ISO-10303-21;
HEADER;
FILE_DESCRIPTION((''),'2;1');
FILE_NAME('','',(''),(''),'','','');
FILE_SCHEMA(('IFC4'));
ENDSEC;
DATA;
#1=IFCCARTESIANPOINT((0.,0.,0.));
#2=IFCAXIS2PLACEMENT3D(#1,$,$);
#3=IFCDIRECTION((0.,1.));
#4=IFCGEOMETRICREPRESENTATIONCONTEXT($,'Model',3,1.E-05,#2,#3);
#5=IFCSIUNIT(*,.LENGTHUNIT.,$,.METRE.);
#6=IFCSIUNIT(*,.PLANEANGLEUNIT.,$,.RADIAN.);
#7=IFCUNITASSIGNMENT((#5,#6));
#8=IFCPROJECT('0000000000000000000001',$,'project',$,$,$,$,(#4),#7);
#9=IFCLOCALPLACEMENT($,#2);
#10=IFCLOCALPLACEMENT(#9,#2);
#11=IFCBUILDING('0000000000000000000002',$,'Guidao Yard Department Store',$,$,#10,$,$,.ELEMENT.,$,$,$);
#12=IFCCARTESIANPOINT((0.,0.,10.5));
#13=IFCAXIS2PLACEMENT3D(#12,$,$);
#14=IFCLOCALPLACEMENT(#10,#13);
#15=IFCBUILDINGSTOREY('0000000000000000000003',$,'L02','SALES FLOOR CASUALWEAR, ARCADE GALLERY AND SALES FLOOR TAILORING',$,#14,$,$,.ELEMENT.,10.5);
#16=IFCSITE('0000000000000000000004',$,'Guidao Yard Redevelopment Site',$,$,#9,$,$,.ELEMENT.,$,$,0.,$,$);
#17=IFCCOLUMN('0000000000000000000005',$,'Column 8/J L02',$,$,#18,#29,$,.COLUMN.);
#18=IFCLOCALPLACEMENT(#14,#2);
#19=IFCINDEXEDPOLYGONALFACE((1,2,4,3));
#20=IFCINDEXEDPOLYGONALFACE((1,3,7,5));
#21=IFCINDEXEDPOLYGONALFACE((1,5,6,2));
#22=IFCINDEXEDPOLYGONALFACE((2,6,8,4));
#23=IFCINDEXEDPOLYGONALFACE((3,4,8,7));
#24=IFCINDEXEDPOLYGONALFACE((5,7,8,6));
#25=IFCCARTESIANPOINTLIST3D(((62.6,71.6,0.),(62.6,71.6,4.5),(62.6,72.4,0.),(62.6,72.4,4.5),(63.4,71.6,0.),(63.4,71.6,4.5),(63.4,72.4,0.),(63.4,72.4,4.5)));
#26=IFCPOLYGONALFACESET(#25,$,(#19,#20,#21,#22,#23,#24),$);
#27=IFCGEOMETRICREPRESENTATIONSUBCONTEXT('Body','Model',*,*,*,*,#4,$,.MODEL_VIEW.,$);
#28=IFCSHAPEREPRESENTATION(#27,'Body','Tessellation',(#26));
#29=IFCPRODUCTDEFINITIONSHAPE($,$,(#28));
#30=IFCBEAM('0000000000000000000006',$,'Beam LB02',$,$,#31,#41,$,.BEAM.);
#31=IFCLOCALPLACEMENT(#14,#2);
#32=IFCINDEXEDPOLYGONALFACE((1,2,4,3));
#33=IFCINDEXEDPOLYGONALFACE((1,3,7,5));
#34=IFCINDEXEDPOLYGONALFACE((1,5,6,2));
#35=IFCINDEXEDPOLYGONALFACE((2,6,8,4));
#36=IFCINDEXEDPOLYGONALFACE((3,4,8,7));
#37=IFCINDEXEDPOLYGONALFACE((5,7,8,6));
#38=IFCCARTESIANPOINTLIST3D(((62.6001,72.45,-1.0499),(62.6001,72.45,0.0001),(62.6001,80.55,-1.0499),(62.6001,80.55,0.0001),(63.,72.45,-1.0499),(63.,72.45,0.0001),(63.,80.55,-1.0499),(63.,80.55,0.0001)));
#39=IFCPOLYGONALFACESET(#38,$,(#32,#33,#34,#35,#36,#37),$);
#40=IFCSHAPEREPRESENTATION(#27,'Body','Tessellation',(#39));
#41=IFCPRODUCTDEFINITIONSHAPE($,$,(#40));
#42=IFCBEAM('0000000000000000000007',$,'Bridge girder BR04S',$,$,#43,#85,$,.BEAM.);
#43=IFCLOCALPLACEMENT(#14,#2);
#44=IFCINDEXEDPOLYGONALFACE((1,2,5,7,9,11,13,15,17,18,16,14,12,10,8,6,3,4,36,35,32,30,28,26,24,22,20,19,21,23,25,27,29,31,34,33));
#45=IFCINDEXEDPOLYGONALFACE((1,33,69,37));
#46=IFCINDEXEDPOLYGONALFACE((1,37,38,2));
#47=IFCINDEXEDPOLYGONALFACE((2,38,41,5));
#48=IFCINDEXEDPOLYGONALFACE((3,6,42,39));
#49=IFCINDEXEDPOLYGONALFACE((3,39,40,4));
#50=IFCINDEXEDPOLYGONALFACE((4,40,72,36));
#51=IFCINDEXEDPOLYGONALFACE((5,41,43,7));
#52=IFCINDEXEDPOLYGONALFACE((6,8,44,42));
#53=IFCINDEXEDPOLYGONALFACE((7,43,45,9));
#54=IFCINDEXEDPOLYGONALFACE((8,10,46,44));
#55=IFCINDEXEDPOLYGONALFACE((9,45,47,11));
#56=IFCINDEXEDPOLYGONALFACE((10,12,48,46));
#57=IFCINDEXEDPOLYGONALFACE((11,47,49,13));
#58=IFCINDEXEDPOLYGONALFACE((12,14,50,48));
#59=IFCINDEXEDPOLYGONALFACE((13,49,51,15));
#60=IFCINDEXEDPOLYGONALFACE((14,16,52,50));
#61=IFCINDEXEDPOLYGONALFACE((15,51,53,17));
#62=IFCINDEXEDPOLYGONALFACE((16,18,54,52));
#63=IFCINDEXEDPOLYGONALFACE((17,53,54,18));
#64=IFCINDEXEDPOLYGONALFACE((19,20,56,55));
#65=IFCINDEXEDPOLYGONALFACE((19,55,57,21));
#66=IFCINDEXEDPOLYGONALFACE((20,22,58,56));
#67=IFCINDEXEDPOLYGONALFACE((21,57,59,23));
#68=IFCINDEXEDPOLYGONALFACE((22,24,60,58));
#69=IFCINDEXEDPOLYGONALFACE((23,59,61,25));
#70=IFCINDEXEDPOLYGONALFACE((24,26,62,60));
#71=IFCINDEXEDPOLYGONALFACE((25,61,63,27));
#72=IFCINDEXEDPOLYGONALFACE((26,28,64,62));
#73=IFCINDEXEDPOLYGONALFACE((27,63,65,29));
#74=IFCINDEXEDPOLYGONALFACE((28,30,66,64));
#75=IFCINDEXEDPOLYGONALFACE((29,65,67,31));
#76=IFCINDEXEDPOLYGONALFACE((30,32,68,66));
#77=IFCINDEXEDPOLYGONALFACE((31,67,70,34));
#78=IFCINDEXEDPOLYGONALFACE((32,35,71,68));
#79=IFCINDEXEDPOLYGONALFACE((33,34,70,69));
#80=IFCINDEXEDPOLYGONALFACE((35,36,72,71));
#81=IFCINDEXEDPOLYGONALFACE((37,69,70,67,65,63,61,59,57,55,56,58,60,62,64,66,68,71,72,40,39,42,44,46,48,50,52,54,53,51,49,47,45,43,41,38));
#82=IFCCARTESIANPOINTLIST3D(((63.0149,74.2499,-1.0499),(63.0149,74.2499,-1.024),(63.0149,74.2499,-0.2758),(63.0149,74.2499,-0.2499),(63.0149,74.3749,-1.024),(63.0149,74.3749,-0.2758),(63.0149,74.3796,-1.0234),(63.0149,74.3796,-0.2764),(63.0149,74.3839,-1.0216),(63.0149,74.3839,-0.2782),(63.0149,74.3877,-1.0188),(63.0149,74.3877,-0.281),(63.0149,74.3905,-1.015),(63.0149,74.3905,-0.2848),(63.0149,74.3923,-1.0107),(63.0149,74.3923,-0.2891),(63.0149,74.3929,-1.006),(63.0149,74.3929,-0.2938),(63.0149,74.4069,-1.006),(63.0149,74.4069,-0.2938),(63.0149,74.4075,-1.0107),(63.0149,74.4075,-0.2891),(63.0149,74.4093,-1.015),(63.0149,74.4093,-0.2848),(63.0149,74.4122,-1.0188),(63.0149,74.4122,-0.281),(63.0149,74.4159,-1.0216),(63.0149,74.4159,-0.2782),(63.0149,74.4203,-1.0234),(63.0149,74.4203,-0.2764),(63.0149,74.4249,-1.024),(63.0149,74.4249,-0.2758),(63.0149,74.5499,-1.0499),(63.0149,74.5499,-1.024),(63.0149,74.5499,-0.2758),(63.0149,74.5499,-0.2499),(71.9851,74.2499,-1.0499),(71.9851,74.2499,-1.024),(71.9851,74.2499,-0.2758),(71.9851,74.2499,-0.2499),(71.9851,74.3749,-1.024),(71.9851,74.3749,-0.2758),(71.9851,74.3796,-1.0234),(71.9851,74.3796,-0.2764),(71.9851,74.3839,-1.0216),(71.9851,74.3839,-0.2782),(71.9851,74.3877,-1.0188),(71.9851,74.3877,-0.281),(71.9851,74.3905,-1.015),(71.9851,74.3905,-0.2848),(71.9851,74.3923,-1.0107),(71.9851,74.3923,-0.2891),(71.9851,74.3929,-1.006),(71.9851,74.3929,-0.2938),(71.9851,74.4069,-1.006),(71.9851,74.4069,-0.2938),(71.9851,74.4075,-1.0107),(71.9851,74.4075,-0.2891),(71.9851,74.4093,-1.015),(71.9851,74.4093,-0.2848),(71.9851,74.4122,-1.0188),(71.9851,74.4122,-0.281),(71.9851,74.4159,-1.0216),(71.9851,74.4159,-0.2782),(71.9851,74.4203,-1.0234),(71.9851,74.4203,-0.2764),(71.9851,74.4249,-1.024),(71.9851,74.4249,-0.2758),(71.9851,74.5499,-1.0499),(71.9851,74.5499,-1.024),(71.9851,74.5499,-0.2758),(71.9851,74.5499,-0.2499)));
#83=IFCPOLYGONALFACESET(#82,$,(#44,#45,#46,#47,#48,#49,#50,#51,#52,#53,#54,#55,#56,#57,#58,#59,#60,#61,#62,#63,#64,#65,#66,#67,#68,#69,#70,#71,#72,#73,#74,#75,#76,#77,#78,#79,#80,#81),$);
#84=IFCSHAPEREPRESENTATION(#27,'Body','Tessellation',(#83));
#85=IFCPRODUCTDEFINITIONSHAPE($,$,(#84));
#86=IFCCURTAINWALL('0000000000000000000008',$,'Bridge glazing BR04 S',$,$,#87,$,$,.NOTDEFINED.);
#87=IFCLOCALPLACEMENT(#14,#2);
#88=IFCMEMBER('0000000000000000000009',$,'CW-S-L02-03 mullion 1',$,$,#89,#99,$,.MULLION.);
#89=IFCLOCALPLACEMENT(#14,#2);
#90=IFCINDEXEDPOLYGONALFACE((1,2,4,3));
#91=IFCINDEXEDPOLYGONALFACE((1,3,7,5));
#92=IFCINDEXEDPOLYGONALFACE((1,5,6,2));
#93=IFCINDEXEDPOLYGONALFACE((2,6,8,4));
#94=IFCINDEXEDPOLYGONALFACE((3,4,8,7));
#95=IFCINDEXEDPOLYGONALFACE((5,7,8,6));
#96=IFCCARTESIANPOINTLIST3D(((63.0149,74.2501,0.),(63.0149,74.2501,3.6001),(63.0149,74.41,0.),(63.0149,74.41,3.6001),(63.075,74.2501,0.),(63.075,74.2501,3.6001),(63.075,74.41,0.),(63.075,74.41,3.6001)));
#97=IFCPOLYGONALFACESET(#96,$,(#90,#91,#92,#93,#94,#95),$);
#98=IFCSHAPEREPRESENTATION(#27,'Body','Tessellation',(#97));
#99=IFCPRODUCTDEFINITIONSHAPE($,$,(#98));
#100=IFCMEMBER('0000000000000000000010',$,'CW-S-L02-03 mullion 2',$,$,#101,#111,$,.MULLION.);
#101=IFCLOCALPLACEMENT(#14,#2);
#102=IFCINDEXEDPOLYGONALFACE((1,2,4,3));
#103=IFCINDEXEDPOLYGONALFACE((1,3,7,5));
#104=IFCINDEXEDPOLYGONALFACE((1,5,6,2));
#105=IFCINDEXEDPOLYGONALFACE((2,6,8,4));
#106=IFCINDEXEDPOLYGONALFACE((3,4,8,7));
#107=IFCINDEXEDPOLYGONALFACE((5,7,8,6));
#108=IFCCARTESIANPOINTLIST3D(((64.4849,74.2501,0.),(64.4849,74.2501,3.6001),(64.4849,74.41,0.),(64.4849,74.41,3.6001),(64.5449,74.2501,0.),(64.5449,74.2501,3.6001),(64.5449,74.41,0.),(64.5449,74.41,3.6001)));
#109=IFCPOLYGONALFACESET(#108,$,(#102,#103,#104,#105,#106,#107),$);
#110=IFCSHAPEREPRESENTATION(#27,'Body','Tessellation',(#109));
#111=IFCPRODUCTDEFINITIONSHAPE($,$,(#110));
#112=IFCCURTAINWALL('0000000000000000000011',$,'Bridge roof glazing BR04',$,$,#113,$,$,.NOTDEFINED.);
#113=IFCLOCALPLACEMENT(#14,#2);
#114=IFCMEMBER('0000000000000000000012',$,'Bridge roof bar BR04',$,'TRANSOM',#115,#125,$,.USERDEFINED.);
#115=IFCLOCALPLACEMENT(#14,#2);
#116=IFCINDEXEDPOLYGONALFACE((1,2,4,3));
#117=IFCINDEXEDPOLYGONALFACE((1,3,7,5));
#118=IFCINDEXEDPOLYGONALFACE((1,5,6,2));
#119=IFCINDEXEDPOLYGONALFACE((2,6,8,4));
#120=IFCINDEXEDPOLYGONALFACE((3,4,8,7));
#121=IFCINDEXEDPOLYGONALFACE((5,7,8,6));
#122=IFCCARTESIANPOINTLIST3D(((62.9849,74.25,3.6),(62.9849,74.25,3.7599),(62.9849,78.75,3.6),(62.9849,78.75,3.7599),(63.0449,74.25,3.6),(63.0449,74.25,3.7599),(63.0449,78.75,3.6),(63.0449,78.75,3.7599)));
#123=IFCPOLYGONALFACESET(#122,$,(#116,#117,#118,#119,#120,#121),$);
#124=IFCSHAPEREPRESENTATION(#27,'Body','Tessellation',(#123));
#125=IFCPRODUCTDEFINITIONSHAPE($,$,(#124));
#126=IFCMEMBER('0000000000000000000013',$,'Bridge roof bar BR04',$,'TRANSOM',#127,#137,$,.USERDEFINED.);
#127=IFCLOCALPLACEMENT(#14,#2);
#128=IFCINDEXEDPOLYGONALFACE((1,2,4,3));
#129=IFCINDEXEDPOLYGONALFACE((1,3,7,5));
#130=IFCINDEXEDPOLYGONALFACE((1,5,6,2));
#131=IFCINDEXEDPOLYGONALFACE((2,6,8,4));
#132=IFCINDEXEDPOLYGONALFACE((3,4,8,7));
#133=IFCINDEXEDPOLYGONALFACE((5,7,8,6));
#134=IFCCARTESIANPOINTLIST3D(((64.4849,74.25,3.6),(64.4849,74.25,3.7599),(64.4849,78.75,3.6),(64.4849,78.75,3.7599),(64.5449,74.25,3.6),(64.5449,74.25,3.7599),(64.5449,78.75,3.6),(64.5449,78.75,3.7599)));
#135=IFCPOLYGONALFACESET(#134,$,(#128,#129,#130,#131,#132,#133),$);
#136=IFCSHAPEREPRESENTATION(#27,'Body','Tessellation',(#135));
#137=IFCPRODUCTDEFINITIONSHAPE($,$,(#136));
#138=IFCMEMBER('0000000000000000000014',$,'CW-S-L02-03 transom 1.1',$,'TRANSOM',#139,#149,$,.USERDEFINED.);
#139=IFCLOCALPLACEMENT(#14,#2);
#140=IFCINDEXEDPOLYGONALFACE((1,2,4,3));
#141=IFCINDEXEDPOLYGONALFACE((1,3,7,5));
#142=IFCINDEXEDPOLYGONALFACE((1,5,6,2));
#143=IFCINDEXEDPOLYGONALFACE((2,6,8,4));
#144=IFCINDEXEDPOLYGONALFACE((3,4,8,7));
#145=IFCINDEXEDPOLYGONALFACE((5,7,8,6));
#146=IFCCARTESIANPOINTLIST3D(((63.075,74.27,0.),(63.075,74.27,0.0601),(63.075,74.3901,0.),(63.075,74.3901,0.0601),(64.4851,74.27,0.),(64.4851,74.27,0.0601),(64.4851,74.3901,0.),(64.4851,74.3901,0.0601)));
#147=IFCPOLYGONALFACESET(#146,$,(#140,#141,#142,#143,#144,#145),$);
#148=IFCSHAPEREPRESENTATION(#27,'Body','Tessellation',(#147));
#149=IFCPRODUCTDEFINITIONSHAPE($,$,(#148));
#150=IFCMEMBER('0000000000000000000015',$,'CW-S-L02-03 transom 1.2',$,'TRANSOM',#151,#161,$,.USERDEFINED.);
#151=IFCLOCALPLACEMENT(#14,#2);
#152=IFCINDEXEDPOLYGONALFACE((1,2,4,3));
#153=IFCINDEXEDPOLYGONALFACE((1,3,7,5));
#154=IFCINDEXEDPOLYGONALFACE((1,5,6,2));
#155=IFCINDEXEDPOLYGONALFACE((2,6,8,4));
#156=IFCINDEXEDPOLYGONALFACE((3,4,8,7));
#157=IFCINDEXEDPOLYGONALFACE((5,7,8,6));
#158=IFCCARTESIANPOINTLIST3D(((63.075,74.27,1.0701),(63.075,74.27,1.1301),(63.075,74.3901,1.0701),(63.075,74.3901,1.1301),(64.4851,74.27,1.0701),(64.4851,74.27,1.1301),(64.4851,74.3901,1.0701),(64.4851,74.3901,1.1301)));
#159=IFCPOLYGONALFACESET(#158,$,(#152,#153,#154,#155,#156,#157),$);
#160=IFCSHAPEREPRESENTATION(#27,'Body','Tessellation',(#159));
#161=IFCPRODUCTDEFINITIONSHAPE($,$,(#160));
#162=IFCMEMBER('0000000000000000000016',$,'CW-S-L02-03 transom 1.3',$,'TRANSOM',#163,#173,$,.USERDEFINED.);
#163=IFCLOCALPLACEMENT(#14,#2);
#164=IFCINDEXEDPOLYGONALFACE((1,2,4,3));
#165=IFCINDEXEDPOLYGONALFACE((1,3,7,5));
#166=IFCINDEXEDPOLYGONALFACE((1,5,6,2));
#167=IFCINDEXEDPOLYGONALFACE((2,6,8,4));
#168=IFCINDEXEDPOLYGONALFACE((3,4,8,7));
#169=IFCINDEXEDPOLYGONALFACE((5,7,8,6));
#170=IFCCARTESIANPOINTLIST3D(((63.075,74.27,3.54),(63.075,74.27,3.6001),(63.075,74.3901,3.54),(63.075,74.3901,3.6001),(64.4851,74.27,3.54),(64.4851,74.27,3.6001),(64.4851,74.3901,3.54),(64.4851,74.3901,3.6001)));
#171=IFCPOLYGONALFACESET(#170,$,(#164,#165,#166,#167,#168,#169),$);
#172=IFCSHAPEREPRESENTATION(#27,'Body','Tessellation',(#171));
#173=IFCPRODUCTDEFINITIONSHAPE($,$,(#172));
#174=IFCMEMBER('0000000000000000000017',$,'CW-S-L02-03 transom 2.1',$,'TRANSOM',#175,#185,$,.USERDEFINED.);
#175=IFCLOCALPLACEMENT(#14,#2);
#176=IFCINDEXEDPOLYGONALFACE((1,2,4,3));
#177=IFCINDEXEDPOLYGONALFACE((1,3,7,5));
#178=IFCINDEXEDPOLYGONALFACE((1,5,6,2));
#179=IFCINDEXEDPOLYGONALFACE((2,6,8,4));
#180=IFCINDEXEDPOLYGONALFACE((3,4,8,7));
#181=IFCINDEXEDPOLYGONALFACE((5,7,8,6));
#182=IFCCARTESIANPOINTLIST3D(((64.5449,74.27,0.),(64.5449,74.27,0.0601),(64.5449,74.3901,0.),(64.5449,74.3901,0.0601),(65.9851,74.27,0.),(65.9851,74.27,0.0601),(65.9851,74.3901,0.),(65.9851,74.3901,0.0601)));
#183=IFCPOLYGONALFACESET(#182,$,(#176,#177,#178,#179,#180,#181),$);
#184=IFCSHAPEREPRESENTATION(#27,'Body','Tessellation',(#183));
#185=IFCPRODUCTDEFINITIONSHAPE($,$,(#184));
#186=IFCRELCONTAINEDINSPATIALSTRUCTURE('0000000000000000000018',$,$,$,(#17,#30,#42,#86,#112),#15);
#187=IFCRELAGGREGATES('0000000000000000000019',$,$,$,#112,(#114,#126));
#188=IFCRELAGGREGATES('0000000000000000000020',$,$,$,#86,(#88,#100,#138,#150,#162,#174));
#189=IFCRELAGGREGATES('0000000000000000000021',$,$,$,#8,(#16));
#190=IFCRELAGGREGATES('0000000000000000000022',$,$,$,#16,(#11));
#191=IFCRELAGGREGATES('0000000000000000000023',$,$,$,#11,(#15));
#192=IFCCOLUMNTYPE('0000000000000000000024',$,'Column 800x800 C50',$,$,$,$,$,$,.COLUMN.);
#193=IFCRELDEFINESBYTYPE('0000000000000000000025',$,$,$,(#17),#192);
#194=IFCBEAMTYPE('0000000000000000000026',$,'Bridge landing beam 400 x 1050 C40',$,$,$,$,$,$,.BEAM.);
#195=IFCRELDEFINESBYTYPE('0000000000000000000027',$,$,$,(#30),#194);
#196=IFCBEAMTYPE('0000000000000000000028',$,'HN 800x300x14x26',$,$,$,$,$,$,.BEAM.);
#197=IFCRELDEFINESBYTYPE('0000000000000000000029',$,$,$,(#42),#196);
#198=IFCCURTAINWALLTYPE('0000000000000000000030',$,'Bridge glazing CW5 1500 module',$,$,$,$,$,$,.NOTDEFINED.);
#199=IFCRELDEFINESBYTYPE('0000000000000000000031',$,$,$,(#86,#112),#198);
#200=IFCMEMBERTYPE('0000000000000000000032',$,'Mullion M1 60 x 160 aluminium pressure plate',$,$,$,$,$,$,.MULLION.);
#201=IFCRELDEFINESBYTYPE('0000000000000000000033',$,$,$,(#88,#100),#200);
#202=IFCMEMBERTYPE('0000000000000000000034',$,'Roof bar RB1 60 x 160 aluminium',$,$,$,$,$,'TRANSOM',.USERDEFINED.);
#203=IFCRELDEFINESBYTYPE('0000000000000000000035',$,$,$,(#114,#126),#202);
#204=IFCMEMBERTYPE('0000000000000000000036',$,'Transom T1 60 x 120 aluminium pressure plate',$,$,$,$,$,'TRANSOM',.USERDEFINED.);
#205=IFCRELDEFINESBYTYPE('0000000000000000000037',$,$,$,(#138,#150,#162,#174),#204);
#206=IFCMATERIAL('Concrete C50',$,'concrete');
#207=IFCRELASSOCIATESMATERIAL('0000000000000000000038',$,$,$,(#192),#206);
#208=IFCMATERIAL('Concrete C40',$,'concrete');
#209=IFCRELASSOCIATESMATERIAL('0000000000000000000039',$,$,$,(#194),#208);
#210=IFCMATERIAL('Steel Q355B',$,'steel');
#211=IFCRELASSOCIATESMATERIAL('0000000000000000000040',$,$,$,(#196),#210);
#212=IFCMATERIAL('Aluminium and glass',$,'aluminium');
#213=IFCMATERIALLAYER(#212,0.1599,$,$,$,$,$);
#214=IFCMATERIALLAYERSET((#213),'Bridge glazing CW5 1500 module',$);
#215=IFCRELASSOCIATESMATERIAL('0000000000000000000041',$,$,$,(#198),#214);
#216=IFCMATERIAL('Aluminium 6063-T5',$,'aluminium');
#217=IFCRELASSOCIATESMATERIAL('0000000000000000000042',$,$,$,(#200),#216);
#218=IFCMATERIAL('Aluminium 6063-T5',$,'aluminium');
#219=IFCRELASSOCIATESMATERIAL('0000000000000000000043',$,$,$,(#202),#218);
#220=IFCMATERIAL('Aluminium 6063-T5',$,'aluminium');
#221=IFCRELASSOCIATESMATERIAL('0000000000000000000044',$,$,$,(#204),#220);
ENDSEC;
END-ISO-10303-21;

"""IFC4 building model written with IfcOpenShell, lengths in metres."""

from ifc_helpers import new_model, si_unit, direction, frame, origin, origin_2d, place, context, subcontext, project, spatial, rectangle, i_section, extrude, material, layer, layer_set, material_profile, profile_set, type_object, element, aggregate, save


model = new_model("IFC4")

# Units and contexts
model_context = context("Model", 3, precision=1e-05, world=origin(), true_north=direction((0.0, 1.0)))
body_context = subcontext(model_context, "Body", "Model", "MODEL_VIEW")
ifc_project = project(units=[si_unit("LENGTHUNIT", "METRE"), si_unit("PLANEANGLEUNIT", "RADIAN")], contexts=[model_context])

# Site, building, storey
site_placement = place(None, origin())
site = spatial("IfcSite", under=ifc_project, at=site_placement, Name="Guidao Yard Redevelopment Site", CompositionType="ELEMENT", RefElevation=0.0)
building_placement = place(site_placement, origin())
building = spatial("IfcBuilding", under=site, at=building_placement, Name="Guidao Yard Department Store", CompositionType="ELEMENT")
storey_placement = place(building_placement, frame((0.0, 0.0, 10.5)))
storey = spatial("IfcBuildingStorey", under=building, at=storey_placement, Name="L02", Description="SALES FLOOR CASUALWEAR, ARCADE GALLERY AND SALES FLOOR TAILORING", CompositionType="ELEMENT", Elevation=10.5)

# Column
ifc_material_1 = material(Name="Concrete C50", Category="concrete")
ifc_material_profile_1 = material_profile(ifc_material_1, rectangle(XDim=0.8, YDim=0.8, at=origin_2d()), Name="COL 800x800")
ifc_profile_set_1 = profile_set([ifc_material_profile_1], Name="Concrete C50")
column_type = type_object("IfcColumnType", Name="Column 800x800 C50", PredefinedType="COLUMN", material=ifc_profile_set_1)
column_placement = place(storey_placement, frame((63.0, 72.0, 0.0), z_axis=(0.0, 0.0, 1.0), x_axis=(1.0, 0.0, 0.0)))
element("IfcColumn", 1, at=column_placement, inside=storey, type_object=column_type, Name="Column 8/J L02", PredefinedType="COLUMN", context=body_context, shape_type="SweptSolid", body=[
    extrude(rectangle(XDim=0.8, YDim=0.8, at=origin_2d()), origin(), (0.0, 0.0, 1.0), 4.5),
])

# Beams
ifc_material_2 = material(Name="Concrete C40", Category="concrete")
ifc_material_profile_2 = material_profile(ifc_material_2, rectangle(XDim=0.3999, YDim=1.05, at=origin_2d()), Name="Bridge landing beam 400 x 1050 C40")
ifc_profile_set_2 = profile_set([ifc_material_profile_2], Name="Concrete C40")
beam_type_1 = type_object("IfcBeamType", Name="Bridge landing beam 400 x 1050 C40", PredefinedType="BEAM", material=ifc_profile_set_2)
beam_1_placement = place(storey_placement, frame((62.8, 72.45, -0.5249), z_axis=(0.0, 1.0, 0.0), x_axis=(-1.0, 0.0, 0.0)))
element("IfcBeam", 2, at=beam_1_placement, inside=storey, type_object=beam_type_1, Name="Beam LB02", PredefinedType="BEAM", context=body_context, shape_type="SweptSolid", body=[
    extrude(rectangle(XDim=0.3999, YDim=1.05, at=origin_2d()), origin(), (0.0, 0.0, 1.0), 8.1001),
])
ifc_material_3 = material(Name="Steel Q355B", Category="steel")
ifc_material_profile_3 = material_profile(ifc_material_3, i_section(OverallWidth=0.3, OverallDepth=0.8, WebThickness=0.0139, FlangeThickness=0.0259, FilletRadius=0.0181, at=origin_2d()), Name="HN 800x300x14x26")
ifc_profile_set_3 = profile_set([ifc_material_profile_3], Name="Steel Q355B")
beam_type_2 = type_object("IfcBeamType", Name="HN 800x300x14x26", PredefinedType="BEAM", material=ifc_profile_set_3)
beam_2_placement = place(storey_placement, frame((63.0149, 74.3999, -0.6499), z_axis=(1.0, 0.0, 0.0), x_axis=(0.0, 1.0, 0.0)))
element("IfcBeam", 3, at=beam_2_placement, inside=storey, type_object=beam_type_2, Name="Bridge girder BR04S", PredefinedType="BEAM", context=body_context, shape_type="SweptSolid", body=[
    extrude(i_section(OverallWidth=0.3, OverallDepth=0.8, WebThickness=0.0139, FlangeThickness=0.0259, FilletRadius=0.0181, at=origin_2d()), origin(), (0.0, 0.0, 1.0), 8.9702),
])

# Curtain walls, members
ifc_material_4 = material(Name="Aluminium and glass", Category="aluminium")
ifc_layer_1 = layer(ifc_material_4, 0.1599)
ifc_layer_set_1 = layer_set([ifc_layer_1], Name="Bridge glazing CW5 1500 module")
curtain_wall_type = type_object("IfcCurtainWallType", Name="Bridge glazing CW5 1500 module", PredefinedType="NOTDEFINED", material=ifc_layer_set_1)
curtain_wall_1_placement = place(storey_placement, origin())
curtain_wall_1 = element("IfcCurtainWall", 4, at=curtain_wall_1_placement, inside=storey, type_object=curtain_wall_type, Name="Bridge glazing BR04 S", PredefinedType="NOTDEFINED")
ifc_material_5 = material(Name="Aluminium 6063-T5", Category="aluminium")
ifc_material_profile_4 = material_profile(ifc_material_5, rectangle(XDim=0.0601, YDim=0.1599, at=origin_2d()), Name="Mullion M1 60 x 160 aluminium pressure plate")
ifc_profile_set_4 = profile_set([ifc_material_profile_4], Name="Aluminium 6063-T5")
member_type_1 = type_object("IfcMemberType", Name="Mullion M1 60 x 160 aluminium pressure plate", PredefinedType="MULLION", material=ifc_profile_set_4)
member_1_placement = place(storey_placement, frame((63.0449, 74.3301, 0.0), z_axis=(0.0, 0.0, 1.0), x_axis=(-1.0, 0.0, 0.0)))
member_1 = element("IfcMember", 5, at=member_1_placement, type_object=member_type_1, Name="CW-S-L02-03 mullion 1", PredefinedType="MULLION", context=body_context, shape_type="SweptSolid", body=[
    extrude(rectangle(XDim=0.0601, YDim=0.1599, at=origin_2d()), origin(), (0.0, 0.0, 1.0), 3.6001),
])
member_2_placement = place(storey_placement, frame((64.5149, 74.3301, 0.0), z_axis=(0.0, 0.0, 1.0), x_axis=(-1.0, 0.0, 0.0)))
member_2 = element("IfcMember", 6, at=member_2_placement, type_object=member_type_1, Name="CW-S-L02-03 mullion 2", PredefinedType="MULLION", context=body_context, shape_type="SweptSolid", body=[
    extrude(rectangle(XDim=0.0601, YDim=0.1599, at=origin_2d()), origin(), (0.0, 0.0, 1.0), 3.6001),
])
curtain_wall_2_placement = place(storey_placement, origin())
curtain_wall_2 = element("IfcCurtainWall", 7, at=curtain_wall_2_placement, inside=storey, type_object=curtain_wall_type, Name="Bridge roof glazing BR04", PredefinedType="NOTDEFINED")
ifc_material_6 = material(Name="Aluminium 6063-T5", Category="aluminium")
ifc_material_profile_5 = material_profile(ifc_material_6, rectangle(XDim=0.0601, YDim=0.1599, at=origin_2d()), Name="Roof bar RB1 60 x 160 aluminium")
ifc_profile_set_5 = profile_set([ifc_material_profile_5], Name="Aluminium 6063-T5")
member_type_2 = type_object("IfcMemberType", Name="Roof bar RB1 60 x 160 aluminium", ElementType="TRANSOM", PredefinedType="USERDEFINED", material=ifc_profile_set_5)
member_3_placement = place(storey_placement, frame((63.0149, 74.25, 3.6799), z_axis=(0.0, 1.0, 0.0), x_axis=(-1.0, 0.0, 0.0)))
member_3 = element("IfcMember", 8, at=member_3_placement, type_object=member_type_2, Name="Bridge roof bar BR04", ObjectType="TRANSOM", PredefinedType="USERDEFINED", context=body_context, shape_type="SweptSolid", body=[
    extrude(rectangle(XDim=0.0601, YDim=0.1599, at=origin_2d()), origin(), (0.0, 0.0, 1.0), 4.5),
])
member_4_placement = place(storey_placement, frame((64.5149, 74.25, 3.6799), z_axis=(0.0, 1.0, 0.0), x_axis=(-1.0, 0.0, 0.0)))
member_4 = element("IfcMember", 9, at=member_4_placement, type_object=member_type_2, Name="Bridge roof bar BR04", ObjectType="TRANSOM", PredefinedType="USERDEFINED", context=body_context, shape_type="SweptSolid", body=[
    extrude(rectangle(XDim=0.0601, YDim=0.1599, at=origin_2d()), origin(), (0.0, 0.0, 1.0), 4.5),
])

# Members
ifc_material_7 = material(Name="Aluminium 6063-T5", Category="aluminium")
ifc_material_profile_6 = material_profile(ifc_material_7, rectangle(XDim=0.1201, YDim=0.0601, at=origin_2d()), Name="Transom T1 60 x 120 aluminium pressure plate")
ifc_profile_set_6 = profile_set([ifc_material_profile_6], Name="Aluminium 6063-T5")
member_type_3 = type_object("IfcMemberType", Name="Transom T1 60 x 120 aluminium pressure plate", ElementType="TRANSOM", PredefinedType="USERDEFINED", material=ifc_profile_set_6)
member_5_placement = place(storey_placement, frame((64.4851, 74.3301, 0.03), z_axis=(-1.0, 0.0, 0.0), x_axis=(0.0, -1.0, 0.0)))
member_5 = element("IfcMember", 10, at=member_5_placement, type_object=member_type_3, Name="CW-S-L02-03 transom 1.1", ObjectType="TRANSOM", PredefinedType="USERDEFINED", context=body_context, shape_type="SweptSolid", body=[
    extrude(rectangle(XDim=0.1201, YDim=0.0601, at=origin_2d()), origin(), (0.0, 0.0, 1.0), 1.4102),
])
member_6_placement = place(storey_placement, frame((64.4851, 74.3301, 1.1001), z_axis=(-1.0, 0.0, 0.0), x_axis=(0.0, -1.0, 0.0)))
member_6 = element("IfcMember", 11, at=member_6_placement, type_object=member_type_3, Name="CW-S-L02-03 transom 1.2", ObjectType="TRANSOM", PredefinedType="USERDEFINED", context=body_context, shape_type="SweptSolid", body=[
    extrude(rectangle(XDim=0.1201, YDim=0.0601, at=origin_2d()), origin(), (0.0, 0.0, 1.0), 1.4102),
])
member_7_placement = place(storey_placement, frame((64.4851, 74.3301, 3.5701), z_axis=(-1.0, 0.0, 0.0), x_axis=(0.0, -1.0, 0.0)))
member_7 = element("IfcMember", 12, at=member_7_placement, type_object=member_type_3, Name="CW-S-L02-03 transom 1.3", ObjectType="TRANSOM", PredefinedType="USERDEFINED", context=body_context, shape_type="SweptSolid", body=[
    extrude(rectangle(XDim=0.1201, YDim=0.0601, at=origin_2d()), origin(), (0.0, 0.0, 1.0), 1.4102),
])
member_8_placement = place(storey_placement, frame((65.9851, 74.3301, 0.03), z_axis=(-1.0, 0.0, 0.0), x_axis=(0.0, -1.0, 0.0)))
member_8 = element("IfcMember", 13, at=member_8_placement, type_object=member_type_3, Name="CW-S-L02-03 transom 2.1", ObjectType="TRANSOM", PredefinedType="USERDEFINED", context=body_context, shape_type="SweptSolid", body=[
    extrude(rectangle(XDim=0.1201, YDim=0.0601, at=origin_2d()), origin(), (0.0, 0.0, 1.0), 1.4402),
])

aggregate(curtain_wall_2, [member_3, member_4])
aggregate(curtain_wall_1, [member_1, member_2, member_5, member_6, member_7, member_8])

save(model, "model.ifc")
